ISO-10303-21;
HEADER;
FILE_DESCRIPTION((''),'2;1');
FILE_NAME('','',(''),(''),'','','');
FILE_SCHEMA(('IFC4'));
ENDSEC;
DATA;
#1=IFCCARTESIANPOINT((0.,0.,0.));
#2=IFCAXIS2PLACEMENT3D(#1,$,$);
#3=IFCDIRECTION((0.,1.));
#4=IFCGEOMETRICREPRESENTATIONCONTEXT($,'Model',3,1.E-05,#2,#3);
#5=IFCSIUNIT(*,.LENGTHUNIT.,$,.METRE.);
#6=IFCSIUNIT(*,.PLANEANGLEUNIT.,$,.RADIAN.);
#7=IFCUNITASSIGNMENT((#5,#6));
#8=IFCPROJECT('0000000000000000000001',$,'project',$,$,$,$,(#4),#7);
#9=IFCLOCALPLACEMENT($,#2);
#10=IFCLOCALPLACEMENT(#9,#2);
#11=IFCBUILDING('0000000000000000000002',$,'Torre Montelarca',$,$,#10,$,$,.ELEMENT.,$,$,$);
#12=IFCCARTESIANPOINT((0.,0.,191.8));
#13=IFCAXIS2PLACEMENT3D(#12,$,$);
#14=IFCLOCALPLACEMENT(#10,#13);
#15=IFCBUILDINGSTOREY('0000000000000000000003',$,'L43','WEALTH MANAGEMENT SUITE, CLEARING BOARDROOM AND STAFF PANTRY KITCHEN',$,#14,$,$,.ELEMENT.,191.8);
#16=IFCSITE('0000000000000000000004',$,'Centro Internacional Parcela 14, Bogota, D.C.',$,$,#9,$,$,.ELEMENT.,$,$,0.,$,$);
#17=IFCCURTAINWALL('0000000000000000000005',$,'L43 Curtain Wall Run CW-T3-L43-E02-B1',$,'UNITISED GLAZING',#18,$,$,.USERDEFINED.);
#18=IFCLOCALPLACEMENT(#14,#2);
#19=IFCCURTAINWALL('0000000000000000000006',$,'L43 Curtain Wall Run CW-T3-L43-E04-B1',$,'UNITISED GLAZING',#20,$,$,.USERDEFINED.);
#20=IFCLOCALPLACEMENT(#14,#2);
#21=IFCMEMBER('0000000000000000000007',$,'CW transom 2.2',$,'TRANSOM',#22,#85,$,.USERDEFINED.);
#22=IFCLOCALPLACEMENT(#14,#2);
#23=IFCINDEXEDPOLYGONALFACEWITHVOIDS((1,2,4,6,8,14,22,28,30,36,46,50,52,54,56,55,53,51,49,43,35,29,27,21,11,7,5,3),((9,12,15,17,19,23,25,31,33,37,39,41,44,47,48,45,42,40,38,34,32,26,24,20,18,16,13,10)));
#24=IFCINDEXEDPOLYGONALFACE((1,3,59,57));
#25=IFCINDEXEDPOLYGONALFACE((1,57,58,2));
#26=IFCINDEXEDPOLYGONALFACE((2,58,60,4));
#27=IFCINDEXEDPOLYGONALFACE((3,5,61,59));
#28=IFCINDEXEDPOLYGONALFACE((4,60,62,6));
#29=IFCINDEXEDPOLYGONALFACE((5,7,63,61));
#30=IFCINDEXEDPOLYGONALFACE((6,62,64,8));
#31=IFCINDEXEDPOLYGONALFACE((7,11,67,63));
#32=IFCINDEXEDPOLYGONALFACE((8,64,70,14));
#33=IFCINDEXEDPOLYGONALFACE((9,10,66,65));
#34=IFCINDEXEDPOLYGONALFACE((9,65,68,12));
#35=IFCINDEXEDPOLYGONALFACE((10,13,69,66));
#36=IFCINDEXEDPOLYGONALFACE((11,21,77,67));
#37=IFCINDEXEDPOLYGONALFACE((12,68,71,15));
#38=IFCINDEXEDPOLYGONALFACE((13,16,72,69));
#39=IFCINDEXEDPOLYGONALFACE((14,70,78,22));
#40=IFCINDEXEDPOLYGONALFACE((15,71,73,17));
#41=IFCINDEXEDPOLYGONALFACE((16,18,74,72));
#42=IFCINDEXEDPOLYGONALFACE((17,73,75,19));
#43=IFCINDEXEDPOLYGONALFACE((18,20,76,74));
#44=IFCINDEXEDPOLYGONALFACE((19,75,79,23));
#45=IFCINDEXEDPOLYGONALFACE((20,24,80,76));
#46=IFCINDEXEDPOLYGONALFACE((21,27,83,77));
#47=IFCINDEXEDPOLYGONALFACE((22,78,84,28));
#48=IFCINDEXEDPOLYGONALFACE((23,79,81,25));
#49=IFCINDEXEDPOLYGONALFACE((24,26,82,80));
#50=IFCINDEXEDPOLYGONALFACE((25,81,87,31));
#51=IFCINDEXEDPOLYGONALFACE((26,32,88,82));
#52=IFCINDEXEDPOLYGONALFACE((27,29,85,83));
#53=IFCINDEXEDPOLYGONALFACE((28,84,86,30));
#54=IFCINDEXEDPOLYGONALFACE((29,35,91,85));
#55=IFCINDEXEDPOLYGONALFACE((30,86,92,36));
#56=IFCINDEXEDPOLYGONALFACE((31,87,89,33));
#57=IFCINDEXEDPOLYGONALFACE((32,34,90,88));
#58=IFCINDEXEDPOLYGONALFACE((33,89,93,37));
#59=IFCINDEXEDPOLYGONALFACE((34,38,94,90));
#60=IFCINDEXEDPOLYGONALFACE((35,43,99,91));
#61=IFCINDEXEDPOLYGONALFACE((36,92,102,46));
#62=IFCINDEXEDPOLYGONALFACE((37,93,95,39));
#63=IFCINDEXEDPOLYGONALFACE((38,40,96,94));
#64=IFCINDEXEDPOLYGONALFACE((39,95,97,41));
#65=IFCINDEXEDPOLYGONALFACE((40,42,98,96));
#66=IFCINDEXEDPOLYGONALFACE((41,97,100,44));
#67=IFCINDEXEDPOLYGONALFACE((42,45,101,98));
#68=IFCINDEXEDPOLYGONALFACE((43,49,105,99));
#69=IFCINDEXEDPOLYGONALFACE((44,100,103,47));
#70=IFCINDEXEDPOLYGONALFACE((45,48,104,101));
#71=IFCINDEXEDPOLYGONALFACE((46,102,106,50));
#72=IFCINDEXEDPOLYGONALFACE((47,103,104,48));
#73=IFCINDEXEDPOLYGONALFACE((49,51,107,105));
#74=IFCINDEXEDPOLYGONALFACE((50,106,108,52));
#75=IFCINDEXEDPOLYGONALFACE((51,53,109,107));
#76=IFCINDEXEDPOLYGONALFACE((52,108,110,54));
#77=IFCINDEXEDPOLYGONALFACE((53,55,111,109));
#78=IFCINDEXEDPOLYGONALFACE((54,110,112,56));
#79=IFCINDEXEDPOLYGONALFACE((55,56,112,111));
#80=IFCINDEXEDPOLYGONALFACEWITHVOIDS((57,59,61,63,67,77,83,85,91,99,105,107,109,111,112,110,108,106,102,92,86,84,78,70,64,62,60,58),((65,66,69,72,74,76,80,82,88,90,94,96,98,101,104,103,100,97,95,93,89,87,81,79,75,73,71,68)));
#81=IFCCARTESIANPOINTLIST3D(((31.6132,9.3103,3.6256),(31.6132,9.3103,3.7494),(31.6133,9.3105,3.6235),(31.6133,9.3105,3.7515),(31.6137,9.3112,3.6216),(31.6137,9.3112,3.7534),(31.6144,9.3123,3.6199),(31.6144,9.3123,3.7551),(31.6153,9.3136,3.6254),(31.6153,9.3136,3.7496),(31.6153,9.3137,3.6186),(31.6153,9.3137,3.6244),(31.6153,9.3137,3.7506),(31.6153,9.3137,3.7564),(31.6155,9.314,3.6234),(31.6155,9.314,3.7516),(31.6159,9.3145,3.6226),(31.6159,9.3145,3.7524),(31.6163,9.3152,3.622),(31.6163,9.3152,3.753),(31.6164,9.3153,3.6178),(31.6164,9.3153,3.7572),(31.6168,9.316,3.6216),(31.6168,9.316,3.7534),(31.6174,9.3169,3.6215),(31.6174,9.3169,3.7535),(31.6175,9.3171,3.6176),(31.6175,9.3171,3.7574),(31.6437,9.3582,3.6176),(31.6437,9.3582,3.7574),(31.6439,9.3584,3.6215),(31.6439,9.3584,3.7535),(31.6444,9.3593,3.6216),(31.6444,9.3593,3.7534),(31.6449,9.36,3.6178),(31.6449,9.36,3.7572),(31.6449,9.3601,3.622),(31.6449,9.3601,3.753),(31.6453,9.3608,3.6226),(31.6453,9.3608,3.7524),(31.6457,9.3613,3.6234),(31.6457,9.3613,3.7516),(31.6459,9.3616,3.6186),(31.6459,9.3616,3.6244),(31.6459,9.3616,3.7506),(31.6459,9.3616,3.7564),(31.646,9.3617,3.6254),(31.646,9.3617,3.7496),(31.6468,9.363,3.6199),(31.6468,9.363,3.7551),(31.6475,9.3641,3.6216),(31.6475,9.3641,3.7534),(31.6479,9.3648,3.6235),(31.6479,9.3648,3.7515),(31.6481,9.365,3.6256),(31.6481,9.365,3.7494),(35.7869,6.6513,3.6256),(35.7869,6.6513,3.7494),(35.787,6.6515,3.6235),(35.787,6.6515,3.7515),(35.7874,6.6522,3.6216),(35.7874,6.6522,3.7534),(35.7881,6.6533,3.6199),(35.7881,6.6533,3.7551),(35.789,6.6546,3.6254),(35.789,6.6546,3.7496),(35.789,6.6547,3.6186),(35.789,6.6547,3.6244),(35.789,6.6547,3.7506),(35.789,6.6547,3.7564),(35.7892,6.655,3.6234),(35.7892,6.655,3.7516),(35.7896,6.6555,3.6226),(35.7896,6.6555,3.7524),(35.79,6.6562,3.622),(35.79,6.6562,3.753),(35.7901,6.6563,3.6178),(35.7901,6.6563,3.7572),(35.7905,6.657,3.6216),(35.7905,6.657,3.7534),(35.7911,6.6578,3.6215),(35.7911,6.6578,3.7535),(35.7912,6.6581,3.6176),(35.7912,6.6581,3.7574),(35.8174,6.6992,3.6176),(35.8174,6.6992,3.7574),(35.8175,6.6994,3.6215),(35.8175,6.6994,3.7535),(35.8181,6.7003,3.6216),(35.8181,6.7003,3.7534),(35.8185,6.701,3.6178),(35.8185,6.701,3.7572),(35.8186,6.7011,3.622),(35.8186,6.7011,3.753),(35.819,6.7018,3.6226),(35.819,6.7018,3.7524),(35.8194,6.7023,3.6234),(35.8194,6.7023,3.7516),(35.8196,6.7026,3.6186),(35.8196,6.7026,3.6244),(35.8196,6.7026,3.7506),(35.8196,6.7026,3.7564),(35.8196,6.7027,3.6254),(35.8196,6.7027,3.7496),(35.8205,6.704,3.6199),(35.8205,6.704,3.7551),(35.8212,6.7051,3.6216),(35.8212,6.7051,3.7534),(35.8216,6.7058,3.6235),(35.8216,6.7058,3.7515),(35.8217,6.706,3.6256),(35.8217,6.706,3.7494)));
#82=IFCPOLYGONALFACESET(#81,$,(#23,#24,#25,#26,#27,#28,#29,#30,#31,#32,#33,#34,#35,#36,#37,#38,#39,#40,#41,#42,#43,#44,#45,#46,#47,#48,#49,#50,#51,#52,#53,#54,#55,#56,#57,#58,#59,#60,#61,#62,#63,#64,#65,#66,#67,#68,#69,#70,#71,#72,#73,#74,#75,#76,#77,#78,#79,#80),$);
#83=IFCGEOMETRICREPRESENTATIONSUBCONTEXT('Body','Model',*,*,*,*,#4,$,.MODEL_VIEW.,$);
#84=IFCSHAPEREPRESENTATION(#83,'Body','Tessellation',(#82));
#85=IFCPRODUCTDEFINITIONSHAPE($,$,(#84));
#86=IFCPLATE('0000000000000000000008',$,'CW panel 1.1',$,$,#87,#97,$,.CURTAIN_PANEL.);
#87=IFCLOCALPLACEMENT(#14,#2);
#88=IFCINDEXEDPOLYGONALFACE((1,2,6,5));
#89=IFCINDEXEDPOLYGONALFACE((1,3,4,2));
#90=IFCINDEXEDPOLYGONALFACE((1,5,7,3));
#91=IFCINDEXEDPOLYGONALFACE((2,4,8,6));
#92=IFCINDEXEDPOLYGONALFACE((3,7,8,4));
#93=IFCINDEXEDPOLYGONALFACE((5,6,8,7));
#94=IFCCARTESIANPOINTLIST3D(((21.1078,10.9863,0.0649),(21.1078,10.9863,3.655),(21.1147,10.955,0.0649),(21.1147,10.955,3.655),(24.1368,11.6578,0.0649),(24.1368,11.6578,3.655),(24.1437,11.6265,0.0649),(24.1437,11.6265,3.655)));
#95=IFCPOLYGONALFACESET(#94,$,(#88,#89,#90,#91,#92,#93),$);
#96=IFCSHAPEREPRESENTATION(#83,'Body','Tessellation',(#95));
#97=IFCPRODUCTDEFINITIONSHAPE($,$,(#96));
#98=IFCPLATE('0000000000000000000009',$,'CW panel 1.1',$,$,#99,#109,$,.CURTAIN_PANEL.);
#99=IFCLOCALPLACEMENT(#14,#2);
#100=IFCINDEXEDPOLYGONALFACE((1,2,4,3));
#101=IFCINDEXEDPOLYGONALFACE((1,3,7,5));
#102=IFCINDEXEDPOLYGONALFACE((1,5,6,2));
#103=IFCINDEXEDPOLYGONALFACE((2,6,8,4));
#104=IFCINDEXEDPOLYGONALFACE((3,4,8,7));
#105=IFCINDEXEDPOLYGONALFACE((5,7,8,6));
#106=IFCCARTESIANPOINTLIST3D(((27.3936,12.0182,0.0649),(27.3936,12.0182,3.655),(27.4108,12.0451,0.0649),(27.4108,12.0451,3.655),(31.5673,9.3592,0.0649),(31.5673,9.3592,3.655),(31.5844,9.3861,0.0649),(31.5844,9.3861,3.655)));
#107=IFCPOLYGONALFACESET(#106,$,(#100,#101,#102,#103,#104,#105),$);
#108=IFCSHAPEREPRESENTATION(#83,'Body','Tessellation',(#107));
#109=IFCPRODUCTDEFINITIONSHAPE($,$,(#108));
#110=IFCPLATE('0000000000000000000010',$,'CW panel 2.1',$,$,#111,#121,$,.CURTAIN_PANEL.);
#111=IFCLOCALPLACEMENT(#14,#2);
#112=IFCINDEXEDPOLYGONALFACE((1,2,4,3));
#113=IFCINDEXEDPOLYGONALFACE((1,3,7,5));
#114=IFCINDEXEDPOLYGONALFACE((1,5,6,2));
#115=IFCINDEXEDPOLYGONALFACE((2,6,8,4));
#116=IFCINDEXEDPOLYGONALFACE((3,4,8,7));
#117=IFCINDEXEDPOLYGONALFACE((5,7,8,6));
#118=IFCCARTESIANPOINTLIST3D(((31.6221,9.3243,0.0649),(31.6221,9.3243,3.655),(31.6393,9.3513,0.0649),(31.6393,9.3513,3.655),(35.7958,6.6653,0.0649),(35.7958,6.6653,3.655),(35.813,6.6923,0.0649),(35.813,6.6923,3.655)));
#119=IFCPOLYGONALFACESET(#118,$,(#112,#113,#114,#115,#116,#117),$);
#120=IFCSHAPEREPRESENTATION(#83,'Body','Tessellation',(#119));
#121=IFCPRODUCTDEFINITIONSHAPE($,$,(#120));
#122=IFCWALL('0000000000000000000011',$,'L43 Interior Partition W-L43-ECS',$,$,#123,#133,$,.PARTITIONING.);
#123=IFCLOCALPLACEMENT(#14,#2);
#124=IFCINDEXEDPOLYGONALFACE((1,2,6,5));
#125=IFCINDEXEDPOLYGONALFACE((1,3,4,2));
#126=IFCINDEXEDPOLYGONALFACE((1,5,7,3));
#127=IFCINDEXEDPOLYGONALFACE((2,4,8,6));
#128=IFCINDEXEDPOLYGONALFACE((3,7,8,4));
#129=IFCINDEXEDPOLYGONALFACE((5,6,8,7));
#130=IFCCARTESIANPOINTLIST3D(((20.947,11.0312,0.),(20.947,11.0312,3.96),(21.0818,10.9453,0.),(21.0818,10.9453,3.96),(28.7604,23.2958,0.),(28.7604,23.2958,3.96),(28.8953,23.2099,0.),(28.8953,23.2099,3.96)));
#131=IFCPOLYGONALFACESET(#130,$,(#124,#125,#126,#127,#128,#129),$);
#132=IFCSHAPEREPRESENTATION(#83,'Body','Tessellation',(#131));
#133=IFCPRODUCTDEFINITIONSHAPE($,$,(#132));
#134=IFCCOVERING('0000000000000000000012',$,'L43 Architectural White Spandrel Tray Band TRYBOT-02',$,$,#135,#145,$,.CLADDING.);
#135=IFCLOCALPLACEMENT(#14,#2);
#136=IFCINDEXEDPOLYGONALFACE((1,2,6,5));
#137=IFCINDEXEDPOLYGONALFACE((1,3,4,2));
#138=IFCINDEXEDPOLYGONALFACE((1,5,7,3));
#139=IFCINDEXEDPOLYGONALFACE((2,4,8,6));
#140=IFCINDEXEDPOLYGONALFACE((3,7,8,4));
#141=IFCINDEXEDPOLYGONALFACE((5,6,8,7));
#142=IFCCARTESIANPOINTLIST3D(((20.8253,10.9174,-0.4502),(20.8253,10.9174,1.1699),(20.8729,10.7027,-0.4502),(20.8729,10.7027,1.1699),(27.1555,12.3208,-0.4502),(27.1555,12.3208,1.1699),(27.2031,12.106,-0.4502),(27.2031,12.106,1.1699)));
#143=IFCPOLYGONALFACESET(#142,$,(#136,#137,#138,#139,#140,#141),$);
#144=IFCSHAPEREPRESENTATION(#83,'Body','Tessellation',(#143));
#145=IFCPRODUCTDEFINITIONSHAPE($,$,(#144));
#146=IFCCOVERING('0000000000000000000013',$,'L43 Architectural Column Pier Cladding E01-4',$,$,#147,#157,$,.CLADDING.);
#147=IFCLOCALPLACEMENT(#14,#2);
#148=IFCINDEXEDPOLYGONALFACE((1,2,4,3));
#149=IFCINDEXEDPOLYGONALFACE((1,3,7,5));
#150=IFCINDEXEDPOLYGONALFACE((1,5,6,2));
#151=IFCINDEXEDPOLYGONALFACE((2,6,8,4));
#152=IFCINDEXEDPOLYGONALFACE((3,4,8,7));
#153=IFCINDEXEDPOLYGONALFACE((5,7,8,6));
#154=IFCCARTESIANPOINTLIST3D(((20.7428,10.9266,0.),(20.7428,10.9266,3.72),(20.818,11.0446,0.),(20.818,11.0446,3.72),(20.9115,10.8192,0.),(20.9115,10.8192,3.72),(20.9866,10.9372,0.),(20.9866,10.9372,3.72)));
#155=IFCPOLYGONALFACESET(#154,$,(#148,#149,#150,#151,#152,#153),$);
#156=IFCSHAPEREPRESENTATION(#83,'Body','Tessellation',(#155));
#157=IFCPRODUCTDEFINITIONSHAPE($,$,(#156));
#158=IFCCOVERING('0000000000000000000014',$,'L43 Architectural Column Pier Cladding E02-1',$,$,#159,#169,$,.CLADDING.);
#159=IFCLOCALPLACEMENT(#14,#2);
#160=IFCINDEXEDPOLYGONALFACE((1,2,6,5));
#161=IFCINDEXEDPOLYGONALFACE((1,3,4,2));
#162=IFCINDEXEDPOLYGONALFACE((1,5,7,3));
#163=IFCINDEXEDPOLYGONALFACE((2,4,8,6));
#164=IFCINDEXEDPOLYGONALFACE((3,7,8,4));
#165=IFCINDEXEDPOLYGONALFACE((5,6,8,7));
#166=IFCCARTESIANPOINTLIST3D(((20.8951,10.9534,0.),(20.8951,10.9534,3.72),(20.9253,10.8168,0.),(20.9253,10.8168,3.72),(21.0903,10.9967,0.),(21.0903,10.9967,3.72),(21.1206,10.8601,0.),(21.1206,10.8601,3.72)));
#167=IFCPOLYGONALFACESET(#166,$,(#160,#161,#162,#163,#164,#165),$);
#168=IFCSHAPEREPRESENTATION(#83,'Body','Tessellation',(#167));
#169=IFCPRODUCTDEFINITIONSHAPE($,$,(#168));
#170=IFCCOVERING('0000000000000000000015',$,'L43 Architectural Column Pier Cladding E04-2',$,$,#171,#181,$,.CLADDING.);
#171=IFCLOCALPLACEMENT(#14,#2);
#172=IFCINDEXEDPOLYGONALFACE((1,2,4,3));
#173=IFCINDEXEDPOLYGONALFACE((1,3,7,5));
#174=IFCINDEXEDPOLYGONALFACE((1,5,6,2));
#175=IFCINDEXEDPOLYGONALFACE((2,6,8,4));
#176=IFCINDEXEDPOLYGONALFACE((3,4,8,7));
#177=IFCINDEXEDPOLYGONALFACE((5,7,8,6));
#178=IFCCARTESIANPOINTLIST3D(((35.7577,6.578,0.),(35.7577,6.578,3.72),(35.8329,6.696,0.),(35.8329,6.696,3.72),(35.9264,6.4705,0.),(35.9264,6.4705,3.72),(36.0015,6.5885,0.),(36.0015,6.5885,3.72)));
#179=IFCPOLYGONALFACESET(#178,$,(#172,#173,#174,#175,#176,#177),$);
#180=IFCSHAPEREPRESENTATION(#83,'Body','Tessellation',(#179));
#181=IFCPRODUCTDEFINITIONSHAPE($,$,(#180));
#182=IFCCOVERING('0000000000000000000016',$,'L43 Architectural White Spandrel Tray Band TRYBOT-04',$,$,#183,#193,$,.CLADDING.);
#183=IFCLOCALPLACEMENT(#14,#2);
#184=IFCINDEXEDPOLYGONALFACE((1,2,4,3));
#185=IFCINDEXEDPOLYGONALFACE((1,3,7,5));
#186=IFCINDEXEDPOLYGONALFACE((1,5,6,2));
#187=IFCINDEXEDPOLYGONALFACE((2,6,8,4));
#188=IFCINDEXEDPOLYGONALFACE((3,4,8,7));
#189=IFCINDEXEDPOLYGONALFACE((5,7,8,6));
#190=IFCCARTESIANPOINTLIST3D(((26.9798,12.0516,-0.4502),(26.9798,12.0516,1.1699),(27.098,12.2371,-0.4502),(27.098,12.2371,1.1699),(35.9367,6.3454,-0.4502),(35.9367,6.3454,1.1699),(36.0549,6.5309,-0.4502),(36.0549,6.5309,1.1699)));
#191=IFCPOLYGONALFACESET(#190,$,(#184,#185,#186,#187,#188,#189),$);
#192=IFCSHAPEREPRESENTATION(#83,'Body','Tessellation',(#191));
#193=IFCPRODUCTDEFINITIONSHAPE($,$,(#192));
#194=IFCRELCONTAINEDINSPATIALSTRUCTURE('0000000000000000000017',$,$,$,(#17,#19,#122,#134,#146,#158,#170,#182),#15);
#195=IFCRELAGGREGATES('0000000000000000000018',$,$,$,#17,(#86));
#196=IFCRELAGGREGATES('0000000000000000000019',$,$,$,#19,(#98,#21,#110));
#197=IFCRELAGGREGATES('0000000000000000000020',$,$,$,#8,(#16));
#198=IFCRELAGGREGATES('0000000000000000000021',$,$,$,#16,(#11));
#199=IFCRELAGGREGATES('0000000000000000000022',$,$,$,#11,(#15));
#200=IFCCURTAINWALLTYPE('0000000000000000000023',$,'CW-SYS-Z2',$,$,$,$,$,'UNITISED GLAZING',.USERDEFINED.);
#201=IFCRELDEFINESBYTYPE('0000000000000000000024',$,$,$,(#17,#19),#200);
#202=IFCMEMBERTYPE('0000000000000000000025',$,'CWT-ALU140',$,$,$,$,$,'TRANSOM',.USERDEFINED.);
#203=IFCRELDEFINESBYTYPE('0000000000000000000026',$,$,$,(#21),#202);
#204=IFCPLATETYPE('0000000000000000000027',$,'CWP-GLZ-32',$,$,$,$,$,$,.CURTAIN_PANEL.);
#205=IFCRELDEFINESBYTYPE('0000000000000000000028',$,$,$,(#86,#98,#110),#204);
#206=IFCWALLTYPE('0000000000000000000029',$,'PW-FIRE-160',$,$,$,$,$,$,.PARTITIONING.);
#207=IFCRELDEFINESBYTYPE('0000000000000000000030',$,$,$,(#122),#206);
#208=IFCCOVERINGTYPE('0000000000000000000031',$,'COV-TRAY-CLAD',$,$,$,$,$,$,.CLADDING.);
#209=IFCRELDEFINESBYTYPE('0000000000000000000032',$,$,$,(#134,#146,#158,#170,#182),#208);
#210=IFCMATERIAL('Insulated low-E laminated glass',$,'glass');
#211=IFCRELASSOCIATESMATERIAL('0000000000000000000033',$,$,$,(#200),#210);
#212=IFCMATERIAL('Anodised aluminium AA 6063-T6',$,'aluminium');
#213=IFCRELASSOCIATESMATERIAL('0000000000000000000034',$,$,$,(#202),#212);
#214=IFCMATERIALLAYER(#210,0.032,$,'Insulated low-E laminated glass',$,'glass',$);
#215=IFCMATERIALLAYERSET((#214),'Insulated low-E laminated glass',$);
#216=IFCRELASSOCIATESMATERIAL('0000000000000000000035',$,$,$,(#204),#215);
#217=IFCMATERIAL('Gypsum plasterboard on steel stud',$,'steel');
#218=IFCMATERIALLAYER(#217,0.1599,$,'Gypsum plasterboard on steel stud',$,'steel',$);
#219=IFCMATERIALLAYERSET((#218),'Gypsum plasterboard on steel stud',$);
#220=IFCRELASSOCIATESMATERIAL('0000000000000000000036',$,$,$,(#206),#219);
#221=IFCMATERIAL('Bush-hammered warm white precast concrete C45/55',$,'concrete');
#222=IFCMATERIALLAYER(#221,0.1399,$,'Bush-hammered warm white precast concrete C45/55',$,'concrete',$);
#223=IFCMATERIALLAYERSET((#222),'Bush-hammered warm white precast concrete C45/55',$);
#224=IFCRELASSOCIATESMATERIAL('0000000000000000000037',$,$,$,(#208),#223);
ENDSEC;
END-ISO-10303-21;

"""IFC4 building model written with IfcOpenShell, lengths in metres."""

from ifc_helpers import new_model, si_unit, direction, frame, frame_2d, origin, origin_2d, place, context, subcontext, project, spatial, rectangle, hollow_rectangle, extrude, source, transform, mapped, material, layer, layer_set, material_profile, profile_set, type_object, element, aggregate, save


model = new_model("IFC4")

# Units and contexts
model_context = context("Model", 3, precision=1e-05, world=origin(), true_north=direction((0.0, 1.0)))
body_context = subcontext(model_context, "Body", "Model", "MODEL_VIEW")
ifc_project = project(units=[si_unit("LENGTHUNIT", "METRE"), si_unit("PLANEANGLEUNIT", "RADIAN")], contexts=[model_context])

# Site, building, storey
site_placement = place(None, origin())
site = spatial("IfcSite", under=ifc_project, at=site_placement, Name="Centro Internacional Parcela 14, Bogota, D.C.", CompositionType="ELEMENT", RefElevation=0.0)
building_placement = place(site_placement, origin())
building = spatial("IfcBuilding", under=site, at=building_placement, Name="Torre Montelarca", CompositionType="ELEMENT")
storey_placement = place(building_placement, frame((0.0, 0.0, 191.8)))
storey = spatial("IfcBuildingStorey", under=building, at=storey_placement, Name="L43", Description="WEALTH MANAGEMENT SUITE, CLEARING BOARDROOM AND STAFF PANTRY KITCHEN", CompositionType="ELEMENT", Elevation=191.8)

# Curtain wall
ifc_material_1 = material(Name="Insulated low-E laminated glass", Category="glass")
curtain_wall_type = type_object("IfcCurtainWallType", Name="CW-SYS-Z2", ElementType="UNITISED GLAZING", PredefinedType="USERDEFINED", material=ifc_material_1)
curtain_wall_1_placement = place(storey_placement, origin())
curtain_wall_1 = element("IfcCurtainWall", 1, at=curtain_wall_1_placement, inside=storey, type_object=curtain_wall_type, Name="L43 Curtain Wall Run CW-T3-L43-E02-B1", ObjectType="UNITISED GLAZING", PredefinedType="USERDEFINED")
ifc_material_2 = material(Name="Anodised aluminium AA 6063-T6", Category="aluminium")
ifc_material_profile_1 = material_profile(ifc_material_2, hollow_rectangle(XDim=0.0649, YDim=0.1399, WallThickness=0.0039, InnerFilletRadius=0.0039, OuterFilletRadius=0.0081, at=origin_2d()), Name="ALU65X140X4", Category="aluminium")
ifc_profile_set_1 = profile_set([ifc_material_profile_1], Name="Anodised aluminium AA 6063-T6")
member_type_1 = type_object("IfcMemberType", Name="CWT-ALU140", ElementType="TRANSOM", PredefinedType="USERDEFINED", material=ifc_profile_set_1)

# Curtain wall, member
curtain_wall_2_placement = place(storey_placement, origin())
curtain_wall_2 = element("IfcCurtainWall", 2, at=curtain_wall_2_placement, inside=storey, type_object=curtain_wall_type, Name="L43 Curtain Wall Run CW-T3-L43-E04-B1", ObjectType="UNITISED GLAZING", PredefinedType="USERDEFINED")
shared_shape_1 = source(origin(), body_context, "Body", "SweptSolid", [
    extrude(hollow_rectangle(XDim=0.0649, YDim=0.1399, WallThickness=0.0039, InnerFilletRadius=0.0039, OuterFilletRadius=0.0081, at=origin_2d()), origin(), (0.0, 0.0, 1.0), 4.9487),
])
member_1_placement = place(storey_placement, frame((31.6306, 9.3376, 3.6875), z_axis=(0.843385, -0.53731, 0.0), x_axis=(0.53731, 0.843385, 0.0)))
member_1 = element("IfcMember", 3, at=member_1_placement, type_object=member_type_1, Name="CW transom 2.2", ObjectType="TRANSOM", PredefinedType="USERDEFINED", context=body_context, shape_type="MappedRepresentation", body=[
    mapped(shared_shape_1, transform((0.0, 0.0, 0.0), scale=1.0)),
])

# Plates
ifc_layer_1 = layer(ifc_material_1, 0.032, Name="Insulated low-E laminated glass", Category="glass")
ifc_layer_set_1 = layer_set([ifc_layer_1], Name="Insulated low-E laminated glass")
plate_type = type_object("IfcPlateType", Name="CWP-GLZ-32", PredefinedType="CURTAIN_PANEL", material=ifc_layer_set_1)
shared_shape_2 = source(origin(), body_context, "Body", "SweptSolid", [
    extrude(rectangle(XDim=3.1025, YDim=0.032, at=origin_2d()), origin(), (0.0, 0.0, 1.0), 3.5901),
])
plate_1_placement = place(storey_placement, frame((22.6257, 11.3064, 0.0649), z_axis=(0.0, 0.0, 1.0), x_axis=(0.976297, 0.216434, 0.0)))
plate_1 = element("IfcPlate", 4, at=plate_1_placement, type_object=plate_type, Name="CW panel 1.1", PredefinedType="CURTAIN_PANEL", context=body_context, shape_type="MappedRepresentation", body=[
    mapped(shared_shape_2, transform((0.0, 0.0, 0.0), scale=1.0)),
])
aggregate(curtain_wall_1, [plate_1])
shared_shape_3 = source(origin(), body_context, "Body", "SweptSolid", [
    extrude(rectangle(XDim=4.9487, YDim=0.032, at=origin_2d()), origin(), (0.0, 0.0, 1.0), 3.5901),
])
plate_2_placement = place(storey_placement, frame((29.489, 10.7021, 0.0649), z_axis=(0.0, 0.0, 1.0), x_axis=(0.843385, -0.53731, 0.0)))
plate_2 = element("IfcPlate", 5, at=plate_2_placement, type_object=plate_type, Name="CW panel 1.1", PredefinedType="CURTAIN_PANEL", context=body_context, shape_type="MappedRepresentation", body=[
    mapped(shared_shape_3, transform((0.0, 0.0, 0.0), scale=1.0)),
])
plate_3_placement = place(storey_placement, frame((33.7175, 8.0083, 0.0649), z_axis=(0.0, 0.0, 1.0), x_axis=(0.843385, -0.53731, 0.0)))
plate_3 = element("IfcPlate", 6, at=plate_3_placement, type_object=plate_type, Name="CW panel 2.1", PredefinedType="CURTAIN_PANEL", context=body_context, shape_type="MappedRepresentation", body=[
    mapped(shared_shape_3, transform((0.0, 0.0, 0.0), scale=1.0)),
])
aggregate(curtain_wall_2, [plate_2, member_1, plate_3])

# Wall
ifc_material_3 = material(Name="Gypsum plasterboard on steel stud", Category="steel")
ifc_layer_2 = layer(ifc_material_3, 0.1599, Name="Gypsum plasterboard on steel stud", Category="steel")
ifc_layer_set_2 = layer_set([ifc_layer_2], Name="Gypsum plasterboard on steel stud")
wall_type = type_object("IfcWallType", Name="PW-FIRE-160", PredefinedType="PARTITIONING", material=ifc_layer_set_2)
wall_placement = place(storey_placement, frame((21.0144, 10.9883, 0.0), z_axis=(0.0, 0.0, 1.0), x_axis=(0.537301, 0.84339, 0.0)))
element("IfcWall", 7, at=wall_placement, inside=storey, type_object=wall_type, Name="L43 Interior Partition W-L43-ECS", PredefinedType="PARTITIONING", context=body_context, shape_type="SweptSolid", body=[
    extrude(rectangle(XDim=14.542, YDim=0.1599, at=frame_2d((7.271, 0.0))), origin(), (0.0, 0.0, 1.0), 3.96),
])

# Coverings
ifc_material_4 = material(Name="Bush-hammered warm white precast concrete C45/55", Category="concrete")
ifc_layer_3 = layer(ifc_material_4, 0.1399, Name="Bush-hammered warm white precast concrete C45/55", Category="concrete")
ifc_layer_set_3 = layer_set([ifc_layer_3], Name="Bush-hammered warm white precast concrete C45/55")
covering_type = type_object("IfcCoveringType", Name="COV-TRAY-CLAD", PredefinedType="CLADDING", material=ifc_layer_set_3)
shared_shape_4 = source(origin(), body_context, "Body", "SweptSolid", [
    extrude(rectangle(XDim=6.4839, YDim=0.22, at=origin_2d()), origin(), (0.0, 0.0, 1.0), 1.6201),
])
covering_1_placement = place(storey_placement, frame((24.0142, 11.5117, -0.4502), z_axis=(0.0, 0.0, 1.0), x_axis=(0.976296, 0.216438, 0.0)))
element("IfcCovering", 8, at=covering_1_placement, inside=storey, type_object=covering_type, Name="L43 Architectural White Spandrel Tray Band TRYBOT-02", PredefinedType="CLADDING", context=body_context, shape_type="MappedRepresentation", body=[
    mapped(shared_shape_4, transform((0.0, 0.0, 0.0), scale=1.0)),
])
shared_shape_5 = source(origin(), body_context, "Body", "SweptSolid", [
    extrude(rectangle(XDim=0.2, YDim=0.1399, at=origin_2d()), origin(), (0.0, 0.0, 1.0), 3.72),
])
for number, where, z_axis, x_axis, name in (
    (9, (20.8647, 10.9319, 0.0), (0.0, 0.0, 1.0), (0.84339, -0.537303, 0.0), "L43 Architectural Column Pier Cladding E01-4"),
    (10, (21.0078, 10.9067, 0.0), (0.0, 0.0, 1.0), (0.976299, 0.216424, 0.0), "L43 Architectural Column Pier Cladding E02-1"),
    (11, (35.8796, 6.5833, 0.0), (0.0, 0.0, 1.0), (0.843385, -0.53731, 0.0), "L43 Architectural Column Pier Cladding E04-2"),
):
    element("IfcCovering", number, at=place(storey_placement, frame(where, z_axis=z_axis, x_axis=x_axis)), inside=storey, type_object=covering_type, Name=name, PredefinedType="CLADDING", context=body_context, shape_type="MappedRepresentation", body=[
        mapped(shared_shape_5, transform((0.0, 0.0, 0.0), scale=1.0)),
    ])
shared_shape_6 = source(origin(), body_context, "Body", "SweptSolid", [
    extrude(rectangle(XDim=10.6201, YDim=0.22, at=origin_2d()), origin(), (0.0, 0.0, 1.0), 1.6201),
])
covering_2_placement = place(storey_placement, frame((31.5173, 9.2913, -0.4502), z_axis=(0.0, 0.0, 1.0), x_axis=(0.843389, -0.537304, 0.0)))
element("IfcCovering", 12, at=covering_2_placement, inside=storey, type_object=covering_type, Name="L43 Architectural White Spandrel Tray Band TRYBOT-04", PredefinedType="CLADDING", context=body_context, shape_type="MappedRepresentation", body=[
    mapped(shared_shape_6, transform((0.0, 0.0, 0.0), scale=1.0)),
])

save(model, "model.ifc")
